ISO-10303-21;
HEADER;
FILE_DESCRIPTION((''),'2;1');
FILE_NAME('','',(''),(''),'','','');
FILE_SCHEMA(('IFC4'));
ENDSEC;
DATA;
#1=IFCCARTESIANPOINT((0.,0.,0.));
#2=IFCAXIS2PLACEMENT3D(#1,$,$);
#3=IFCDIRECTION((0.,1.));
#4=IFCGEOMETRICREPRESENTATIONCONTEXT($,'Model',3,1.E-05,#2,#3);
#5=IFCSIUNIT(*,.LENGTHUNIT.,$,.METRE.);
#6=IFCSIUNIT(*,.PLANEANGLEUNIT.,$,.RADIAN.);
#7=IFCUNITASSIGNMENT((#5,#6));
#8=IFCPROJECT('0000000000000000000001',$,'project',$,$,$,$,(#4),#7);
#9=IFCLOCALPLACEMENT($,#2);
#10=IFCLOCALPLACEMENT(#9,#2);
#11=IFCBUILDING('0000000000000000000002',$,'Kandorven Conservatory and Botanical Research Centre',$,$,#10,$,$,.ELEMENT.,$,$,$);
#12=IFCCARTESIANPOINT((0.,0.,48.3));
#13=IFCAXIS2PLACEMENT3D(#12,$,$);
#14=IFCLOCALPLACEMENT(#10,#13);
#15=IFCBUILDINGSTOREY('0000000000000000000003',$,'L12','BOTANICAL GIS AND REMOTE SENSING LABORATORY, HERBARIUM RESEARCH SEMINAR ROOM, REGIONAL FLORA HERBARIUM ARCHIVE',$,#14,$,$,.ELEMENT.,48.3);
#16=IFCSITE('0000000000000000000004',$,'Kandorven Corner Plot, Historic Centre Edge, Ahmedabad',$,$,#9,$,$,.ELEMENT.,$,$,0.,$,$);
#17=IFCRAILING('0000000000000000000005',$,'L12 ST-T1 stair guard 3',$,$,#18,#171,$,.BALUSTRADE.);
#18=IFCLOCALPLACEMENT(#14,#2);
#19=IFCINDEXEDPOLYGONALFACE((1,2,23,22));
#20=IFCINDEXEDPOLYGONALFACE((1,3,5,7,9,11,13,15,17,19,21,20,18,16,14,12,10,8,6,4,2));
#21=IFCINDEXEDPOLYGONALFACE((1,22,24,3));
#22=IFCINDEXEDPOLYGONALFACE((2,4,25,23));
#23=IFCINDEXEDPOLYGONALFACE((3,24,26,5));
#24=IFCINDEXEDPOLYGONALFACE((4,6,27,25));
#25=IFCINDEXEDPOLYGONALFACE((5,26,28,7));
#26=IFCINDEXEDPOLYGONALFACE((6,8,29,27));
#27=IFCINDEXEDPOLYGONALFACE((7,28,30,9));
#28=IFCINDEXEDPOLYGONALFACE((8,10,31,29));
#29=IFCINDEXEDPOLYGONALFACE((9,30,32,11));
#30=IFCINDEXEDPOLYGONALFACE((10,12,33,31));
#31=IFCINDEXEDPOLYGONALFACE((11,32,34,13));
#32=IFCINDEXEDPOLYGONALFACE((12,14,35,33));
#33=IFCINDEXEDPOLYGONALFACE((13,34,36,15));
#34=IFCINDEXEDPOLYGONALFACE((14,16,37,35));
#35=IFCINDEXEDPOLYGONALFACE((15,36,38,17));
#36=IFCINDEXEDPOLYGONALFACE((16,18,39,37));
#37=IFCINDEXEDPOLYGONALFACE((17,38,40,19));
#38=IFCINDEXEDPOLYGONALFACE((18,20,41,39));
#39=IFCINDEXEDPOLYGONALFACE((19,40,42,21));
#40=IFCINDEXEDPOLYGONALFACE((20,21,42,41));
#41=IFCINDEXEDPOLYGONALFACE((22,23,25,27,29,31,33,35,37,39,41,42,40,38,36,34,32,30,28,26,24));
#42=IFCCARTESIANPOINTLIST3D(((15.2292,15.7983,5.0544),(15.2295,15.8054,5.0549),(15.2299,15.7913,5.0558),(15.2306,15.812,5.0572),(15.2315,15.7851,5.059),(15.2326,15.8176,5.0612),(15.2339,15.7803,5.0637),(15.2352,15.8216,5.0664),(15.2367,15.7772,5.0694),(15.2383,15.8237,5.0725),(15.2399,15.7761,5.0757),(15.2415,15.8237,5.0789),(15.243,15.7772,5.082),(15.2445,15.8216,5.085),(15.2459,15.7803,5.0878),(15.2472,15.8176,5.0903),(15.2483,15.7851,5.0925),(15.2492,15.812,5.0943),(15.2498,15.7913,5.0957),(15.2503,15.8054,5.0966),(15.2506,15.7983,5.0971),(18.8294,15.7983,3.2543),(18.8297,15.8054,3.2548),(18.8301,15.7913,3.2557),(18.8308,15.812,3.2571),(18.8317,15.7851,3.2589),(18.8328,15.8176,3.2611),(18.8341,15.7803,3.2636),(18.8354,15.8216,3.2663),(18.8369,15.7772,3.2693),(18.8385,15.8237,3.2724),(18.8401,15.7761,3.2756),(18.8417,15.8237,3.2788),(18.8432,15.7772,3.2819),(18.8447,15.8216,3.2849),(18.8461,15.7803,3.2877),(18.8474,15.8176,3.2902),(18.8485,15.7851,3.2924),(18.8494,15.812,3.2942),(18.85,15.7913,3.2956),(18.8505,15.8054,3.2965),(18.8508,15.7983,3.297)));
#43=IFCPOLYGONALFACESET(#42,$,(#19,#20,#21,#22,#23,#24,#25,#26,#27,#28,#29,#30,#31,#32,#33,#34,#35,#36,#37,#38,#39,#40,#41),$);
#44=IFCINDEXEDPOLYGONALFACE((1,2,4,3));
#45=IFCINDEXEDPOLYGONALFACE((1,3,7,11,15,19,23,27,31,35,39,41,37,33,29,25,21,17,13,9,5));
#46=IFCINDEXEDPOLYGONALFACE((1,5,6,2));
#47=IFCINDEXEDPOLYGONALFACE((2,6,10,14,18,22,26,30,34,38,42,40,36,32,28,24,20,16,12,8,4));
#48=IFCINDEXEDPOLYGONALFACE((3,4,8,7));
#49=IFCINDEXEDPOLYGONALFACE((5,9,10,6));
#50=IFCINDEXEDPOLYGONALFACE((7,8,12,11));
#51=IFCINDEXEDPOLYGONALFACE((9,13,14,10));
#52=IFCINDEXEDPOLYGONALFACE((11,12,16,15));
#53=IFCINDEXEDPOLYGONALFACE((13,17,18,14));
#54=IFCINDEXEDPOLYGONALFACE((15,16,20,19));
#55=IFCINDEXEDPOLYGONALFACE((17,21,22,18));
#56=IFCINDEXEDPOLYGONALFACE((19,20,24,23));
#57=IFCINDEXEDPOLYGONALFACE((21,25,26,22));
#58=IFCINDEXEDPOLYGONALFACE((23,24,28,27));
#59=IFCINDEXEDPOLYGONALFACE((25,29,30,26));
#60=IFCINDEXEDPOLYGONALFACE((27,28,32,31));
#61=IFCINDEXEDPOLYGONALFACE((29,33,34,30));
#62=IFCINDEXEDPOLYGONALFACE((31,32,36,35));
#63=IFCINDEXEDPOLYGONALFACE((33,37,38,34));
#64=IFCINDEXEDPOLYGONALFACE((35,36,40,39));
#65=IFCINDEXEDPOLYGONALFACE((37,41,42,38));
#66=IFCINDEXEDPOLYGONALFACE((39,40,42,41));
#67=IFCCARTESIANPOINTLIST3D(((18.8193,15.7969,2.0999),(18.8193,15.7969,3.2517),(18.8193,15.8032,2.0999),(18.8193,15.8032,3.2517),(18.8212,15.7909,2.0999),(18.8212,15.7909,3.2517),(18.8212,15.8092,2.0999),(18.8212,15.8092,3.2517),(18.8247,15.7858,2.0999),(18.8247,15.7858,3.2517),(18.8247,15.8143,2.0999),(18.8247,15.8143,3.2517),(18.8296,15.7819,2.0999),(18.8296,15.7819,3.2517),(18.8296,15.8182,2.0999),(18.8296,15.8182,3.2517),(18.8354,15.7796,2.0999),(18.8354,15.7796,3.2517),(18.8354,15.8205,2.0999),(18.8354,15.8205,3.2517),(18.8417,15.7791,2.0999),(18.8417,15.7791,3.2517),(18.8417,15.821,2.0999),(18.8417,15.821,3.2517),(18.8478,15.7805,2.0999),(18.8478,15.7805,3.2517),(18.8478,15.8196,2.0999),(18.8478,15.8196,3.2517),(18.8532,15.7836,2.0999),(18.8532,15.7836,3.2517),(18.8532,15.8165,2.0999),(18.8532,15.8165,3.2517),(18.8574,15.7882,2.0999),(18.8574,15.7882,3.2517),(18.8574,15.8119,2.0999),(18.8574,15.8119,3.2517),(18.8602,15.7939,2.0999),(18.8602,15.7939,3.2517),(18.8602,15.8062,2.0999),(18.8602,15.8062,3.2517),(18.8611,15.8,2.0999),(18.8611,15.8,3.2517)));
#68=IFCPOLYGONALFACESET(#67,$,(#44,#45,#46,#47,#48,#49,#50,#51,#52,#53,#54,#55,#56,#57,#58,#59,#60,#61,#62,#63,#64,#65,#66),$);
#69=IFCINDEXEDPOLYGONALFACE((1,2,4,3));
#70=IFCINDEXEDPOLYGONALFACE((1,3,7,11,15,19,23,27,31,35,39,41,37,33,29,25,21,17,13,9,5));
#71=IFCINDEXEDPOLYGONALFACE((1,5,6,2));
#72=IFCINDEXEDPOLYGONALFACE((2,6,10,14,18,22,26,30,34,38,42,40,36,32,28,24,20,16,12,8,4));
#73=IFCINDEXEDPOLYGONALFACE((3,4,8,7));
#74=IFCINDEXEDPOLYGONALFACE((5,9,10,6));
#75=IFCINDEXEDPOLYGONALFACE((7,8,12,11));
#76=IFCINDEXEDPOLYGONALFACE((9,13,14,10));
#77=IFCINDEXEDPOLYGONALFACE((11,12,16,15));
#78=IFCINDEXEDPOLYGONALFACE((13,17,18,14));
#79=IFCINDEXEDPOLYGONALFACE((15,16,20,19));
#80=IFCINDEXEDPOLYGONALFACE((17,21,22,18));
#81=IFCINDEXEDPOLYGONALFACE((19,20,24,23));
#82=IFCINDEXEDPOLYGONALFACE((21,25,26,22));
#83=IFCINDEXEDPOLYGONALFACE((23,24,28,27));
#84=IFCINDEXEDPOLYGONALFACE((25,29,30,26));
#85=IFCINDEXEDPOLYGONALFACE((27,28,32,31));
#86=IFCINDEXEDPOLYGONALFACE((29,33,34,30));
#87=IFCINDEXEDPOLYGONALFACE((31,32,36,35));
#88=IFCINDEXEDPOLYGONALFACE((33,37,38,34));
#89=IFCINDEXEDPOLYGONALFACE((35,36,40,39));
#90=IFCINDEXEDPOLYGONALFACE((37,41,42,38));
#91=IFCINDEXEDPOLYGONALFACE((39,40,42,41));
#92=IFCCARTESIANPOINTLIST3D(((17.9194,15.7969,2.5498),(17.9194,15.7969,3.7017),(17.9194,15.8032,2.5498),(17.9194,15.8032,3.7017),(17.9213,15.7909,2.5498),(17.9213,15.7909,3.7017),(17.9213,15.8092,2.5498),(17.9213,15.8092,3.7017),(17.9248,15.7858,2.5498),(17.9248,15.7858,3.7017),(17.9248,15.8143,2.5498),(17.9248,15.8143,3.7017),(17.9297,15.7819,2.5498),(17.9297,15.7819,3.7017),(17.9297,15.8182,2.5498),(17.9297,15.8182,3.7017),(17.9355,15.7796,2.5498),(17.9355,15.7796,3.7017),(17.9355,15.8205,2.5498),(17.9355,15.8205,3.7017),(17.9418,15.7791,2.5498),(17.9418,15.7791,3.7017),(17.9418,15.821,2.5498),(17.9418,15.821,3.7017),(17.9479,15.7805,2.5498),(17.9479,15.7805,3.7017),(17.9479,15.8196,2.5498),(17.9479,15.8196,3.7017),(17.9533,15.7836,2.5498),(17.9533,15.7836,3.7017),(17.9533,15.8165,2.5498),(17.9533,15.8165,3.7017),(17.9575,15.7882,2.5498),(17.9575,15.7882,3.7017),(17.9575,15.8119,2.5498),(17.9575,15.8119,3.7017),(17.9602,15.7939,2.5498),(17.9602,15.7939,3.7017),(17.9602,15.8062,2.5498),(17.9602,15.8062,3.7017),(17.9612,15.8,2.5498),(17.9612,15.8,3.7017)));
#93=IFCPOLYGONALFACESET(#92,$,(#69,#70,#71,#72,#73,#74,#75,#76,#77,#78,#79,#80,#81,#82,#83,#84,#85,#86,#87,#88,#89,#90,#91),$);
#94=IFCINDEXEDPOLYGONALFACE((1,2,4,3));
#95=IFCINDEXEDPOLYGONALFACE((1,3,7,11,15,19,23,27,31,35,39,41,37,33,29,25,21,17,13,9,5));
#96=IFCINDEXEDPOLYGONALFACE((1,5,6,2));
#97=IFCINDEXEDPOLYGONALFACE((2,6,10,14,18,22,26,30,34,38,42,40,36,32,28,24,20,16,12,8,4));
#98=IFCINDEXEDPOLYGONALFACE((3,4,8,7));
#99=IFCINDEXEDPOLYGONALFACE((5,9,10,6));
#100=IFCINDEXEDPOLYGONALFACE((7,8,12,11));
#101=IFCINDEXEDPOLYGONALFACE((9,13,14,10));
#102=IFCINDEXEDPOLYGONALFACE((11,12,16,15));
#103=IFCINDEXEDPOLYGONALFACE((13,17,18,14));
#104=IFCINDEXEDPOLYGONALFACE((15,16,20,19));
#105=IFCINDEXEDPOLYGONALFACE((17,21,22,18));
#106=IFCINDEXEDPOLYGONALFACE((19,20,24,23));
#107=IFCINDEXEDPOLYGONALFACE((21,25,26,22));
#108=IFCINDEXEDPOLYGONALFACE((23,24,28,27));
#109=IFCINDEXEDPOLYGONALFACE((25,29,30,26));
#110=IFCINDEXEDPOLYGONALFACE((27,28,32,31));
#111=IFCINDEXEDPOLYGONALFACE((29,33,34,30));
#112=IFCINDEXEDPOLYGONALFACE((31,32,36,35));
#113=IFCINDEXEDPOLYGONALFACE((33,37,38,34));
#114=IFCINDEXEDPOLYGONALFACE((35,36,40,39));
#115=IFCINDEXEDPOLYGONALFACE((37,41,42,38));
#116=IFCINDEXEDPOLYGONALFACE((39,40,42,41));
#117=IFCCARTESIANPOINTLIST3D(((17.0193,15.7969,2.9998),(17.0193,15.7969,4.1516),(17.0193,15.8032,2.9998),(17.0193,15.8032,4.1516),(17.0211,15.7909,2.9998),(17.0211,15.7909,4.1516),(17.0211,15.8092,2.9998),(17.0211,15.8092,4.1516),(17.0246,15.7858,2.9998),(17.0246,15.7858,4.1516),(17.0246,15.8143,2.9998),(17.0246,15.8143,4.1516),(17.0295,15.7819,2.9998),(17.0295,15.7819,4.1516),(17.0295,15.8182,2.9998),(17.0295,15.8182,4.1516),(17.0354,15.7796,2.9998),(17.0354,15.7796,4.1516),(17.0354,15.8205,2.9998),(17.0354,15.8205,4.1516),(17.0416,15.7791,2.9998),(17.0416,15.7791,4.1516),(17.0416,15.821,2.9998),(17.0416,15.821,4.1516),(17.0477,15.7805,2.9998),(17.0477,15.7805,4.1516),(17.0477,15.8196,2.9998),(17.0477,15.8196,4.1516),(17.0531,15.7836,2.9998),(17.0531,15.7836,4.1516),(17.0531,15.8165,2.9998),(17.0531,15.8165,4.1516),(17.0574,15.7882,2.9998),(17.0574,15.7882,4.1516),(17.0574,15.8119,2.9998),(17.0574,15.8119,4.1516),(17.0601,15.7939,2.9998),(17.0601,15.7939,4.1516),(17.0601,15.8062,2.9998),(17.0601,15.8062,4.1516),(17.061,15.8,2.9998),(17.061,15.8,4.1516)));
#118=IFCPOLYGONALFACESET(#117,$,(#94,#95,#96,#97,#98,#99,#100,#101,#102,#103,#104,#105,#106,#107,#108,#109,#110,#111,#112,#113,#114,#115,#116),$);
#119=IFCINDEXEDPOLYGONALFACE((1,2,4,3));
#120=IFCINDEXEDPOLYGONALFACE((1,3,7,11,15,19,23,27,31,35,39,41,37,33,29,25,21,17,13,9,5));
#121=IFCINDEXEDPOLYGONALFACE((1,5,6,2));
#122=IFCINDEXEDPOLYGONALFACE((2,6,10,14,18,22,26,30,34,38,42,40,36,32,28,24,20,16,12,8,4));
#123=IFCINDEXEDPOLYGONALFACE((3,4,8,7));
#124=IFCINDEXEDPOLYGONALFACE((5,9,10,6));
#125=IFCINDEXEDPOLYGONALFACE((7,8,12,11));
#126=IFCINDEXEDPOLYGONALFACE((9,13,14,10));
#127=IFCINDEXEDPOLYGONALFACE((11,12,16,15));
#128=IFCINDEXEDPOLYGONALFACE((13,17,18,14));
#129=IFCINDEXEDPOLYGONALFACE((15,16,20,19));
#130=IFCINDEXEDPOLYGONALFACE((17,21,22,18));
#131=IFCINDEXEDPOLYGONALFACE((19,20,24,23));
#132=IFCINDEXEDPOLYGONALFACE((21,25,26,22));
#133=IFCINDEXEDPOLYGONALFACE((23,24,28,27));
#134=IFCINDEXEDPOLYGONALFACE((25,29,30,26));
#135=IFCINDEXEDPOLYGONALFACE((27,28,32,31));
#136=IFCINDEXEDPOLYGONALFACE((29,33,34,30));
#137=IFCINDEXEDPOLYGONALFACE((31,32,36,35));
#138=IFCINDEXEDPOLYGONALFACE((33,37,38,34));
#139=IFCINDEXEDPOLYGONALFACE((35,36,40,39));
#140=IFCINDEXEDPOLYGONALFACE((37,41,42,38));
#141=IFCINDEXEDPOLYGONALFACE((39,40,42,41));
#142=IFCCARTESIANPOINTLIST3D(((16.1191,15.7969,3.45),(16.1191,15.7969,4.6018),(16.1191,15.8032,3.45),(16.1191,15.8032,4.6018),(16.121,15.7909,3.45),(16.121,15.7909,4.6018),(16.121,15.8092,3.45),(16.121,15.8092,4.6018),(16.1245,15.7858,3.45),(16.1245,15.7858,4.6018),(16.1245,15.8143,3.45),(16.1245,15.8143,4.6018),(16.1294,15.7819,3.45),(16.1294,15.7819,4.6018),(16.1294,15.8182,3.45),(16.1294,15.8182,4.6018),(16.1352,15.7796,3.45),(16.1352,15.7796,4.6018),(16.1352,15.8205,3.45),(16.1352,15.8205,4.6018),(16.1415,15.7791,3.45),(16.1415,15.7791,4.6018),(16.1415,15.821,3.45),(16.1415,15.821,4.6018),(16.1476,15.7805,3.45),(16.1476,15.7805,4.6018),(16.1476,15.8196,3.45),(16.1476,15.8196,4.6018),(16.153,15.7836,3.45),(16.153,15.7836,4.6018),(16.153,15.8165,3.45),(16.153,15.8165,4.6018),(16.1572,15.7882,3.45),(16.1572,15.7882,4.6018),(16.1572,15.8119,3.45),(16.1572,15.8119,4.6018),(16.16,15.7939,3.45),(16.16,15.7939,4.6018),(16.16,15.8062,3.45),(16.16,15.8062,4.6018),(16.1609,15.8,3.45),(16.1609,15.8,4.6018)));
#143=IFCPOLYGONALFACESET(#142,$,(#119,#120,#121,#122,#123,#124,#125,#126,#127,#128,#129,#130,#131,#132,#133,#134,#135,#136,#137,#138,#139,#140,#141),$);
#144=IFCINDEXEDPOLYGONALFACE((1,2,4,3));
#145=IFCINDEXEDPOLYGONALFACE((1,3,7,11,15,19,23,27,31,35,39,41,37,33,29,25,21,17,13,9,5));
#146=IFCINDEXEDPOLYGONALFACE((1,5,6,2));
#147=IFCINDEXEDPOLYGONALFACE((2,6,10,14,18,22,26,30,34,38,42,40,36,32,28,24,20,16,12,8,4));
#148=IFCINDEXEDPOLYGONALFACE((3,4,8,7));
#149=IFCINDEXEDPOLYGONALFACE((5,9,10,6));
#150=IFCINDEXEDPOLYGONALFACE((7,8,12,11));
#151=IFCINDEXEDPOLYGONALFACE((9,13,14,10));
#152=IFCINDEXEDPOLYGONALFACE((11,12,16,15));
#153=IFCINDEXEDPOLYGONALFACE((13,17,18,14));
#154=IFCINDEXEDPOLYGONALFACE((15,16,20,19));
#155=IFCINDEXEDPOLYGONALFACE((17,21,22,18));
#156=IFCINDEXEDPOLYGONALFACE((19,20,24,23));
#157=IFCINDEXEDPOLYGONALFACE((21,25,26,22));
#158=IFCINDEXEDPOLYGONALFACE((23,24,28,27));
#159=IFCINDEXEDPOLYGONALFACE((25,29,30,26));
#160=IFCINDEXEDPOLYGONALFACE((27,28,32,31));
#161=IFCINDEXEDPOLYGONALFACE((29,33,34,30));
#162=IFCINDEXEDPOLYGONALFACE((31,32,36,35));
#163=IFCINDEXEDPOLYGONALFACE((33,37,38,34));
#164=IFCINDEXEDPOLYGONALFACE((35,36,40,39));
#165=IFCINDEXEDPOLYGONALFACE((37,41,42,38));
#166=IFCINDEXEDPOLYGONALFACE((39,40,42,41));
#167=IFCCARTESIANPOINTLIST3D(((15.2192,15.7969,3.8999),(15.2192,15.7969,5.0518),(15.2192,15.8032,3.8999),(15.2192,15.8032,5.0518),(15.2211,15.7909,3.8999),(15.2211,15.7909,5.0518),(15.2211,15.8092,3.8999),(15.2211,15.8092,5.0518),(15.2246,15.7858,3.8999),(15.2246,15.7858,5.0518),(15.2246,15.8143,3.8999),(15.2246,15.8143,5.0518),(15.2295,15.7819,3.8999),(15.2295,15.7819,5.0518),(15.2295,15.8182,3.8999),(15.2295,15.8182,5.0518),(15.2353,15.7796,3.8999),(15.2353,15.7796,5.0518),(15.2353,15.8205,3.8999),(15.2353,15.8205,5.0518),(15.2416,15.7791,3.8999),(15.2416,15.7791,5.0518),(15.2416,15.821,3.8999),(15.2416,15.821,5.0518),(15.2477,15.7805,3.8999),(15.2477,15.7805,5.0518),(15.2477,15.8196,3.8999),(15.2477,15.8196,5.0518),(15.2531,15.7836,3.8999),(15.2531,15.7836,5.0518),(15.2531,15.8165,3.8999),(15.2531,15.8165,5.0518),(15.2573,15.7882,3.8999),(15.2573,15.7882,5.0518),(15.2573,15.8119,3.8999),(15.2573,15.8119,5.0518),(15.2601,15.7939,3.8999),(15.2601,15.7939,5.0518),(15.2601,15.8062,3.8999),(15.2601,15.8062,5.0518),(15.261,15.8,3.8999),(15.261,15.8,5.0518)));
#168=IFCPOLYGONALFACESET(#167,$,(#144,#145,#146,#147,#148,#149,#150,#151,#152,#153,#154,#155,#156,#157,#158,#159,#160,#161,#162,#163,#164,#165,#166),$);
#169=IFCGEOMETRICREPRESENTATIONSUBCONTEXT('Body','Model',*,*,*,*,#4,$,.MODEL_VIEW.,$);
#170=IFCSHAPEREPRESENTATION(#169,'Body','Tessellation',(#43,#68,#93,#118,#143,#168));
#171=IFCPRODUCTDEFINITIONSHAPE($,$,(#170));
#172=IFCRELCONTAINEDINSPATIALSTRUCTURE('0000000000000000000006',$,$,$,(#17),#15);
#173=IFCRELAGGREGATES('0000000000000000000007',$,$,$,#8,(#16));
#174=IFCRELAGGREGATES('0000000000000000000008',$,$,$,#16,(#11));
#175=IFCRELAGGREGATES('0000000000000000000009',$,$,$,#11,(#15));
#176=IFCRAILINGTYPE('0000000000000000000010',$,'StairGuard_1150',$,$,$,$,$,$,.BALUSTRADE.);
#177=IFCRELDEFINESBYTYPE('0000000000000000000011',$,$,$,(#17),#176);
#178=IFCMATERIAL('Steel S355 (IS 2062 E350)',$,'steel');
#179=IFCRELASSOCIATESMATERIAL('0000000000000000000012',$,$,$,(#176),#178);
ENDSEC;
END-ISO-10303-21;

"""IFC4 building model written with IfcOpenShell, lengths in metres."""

from ifc_helpers import new_model, si_unit, direction, frame, origin, origin_2d, place, context, subcontext, project, spatial, circle, extrude, material, type_object, element, save


model = new_model("IFC4")

# Units and contexts
model_context = context("Model", 3, precision=1e-05, world=origin(), true_north=direction((0.0, 1.0)))
body_context = subcontext(model_context, "Body", "Model", "MODEL_VIEW")
ifc_project = project(units=[si_unit("LENGTHUNIT", "METRE"), si_unit("PLANEANGLEUNIT", "RADIAN")], contexts=[model_context])

# Site, building, storey
site_placement = place(None, origin())
site = spatial("IfcSite", under=ifc_project, at=site_placement, Name="Kandorven Corner Plot, Historic Centre Edge, Ahmedabad", CompositionType="ELEMENT", RefElevation=0.0)
building_placement = place(site_placement, origin())
building = spatial("IfcBuilding", under=site, at=building_placement, Name="Kandorven Conservatory and Botanical Research Centre", CompositionType="ELEMENT")
storey_placement = place(building_placement, frame((0.0, 0.0, 48.3)))
storey = spatial("IfcBuildingStorey", under=building, at=storey_placement, Name="L12", Description="BOTANICAL GIS AND REMOTE SENSING LABORATORY, HERBARIUM RESEARCH SEMINAR ROOM, REGIONAL FLORA HERBARIUM ARCHIVE", CompositionType="ELEMENT", Elevation=48.3)

# Railing
ifc_material_1 = material(Name="Steel S355 (IS 2062 E350)", Category="steel")
railing_type_1 = type_object("IfcRailingType", Name="StairGuard_1150", PredefinedType="BALUSTRADE", material=ifc_material_1)
railing_1_placement = place(storey_placement, frame((18.8401, 15.8, 2.0999)))
element("IfcRailing", 1, at=railing_1_placement, inside=storey, type_object=railing_type_1, Name="L12 ST-T1 stair guard 3", PredefinedType="BALUSTRADE", context=body_context, shape_type="SweptSolid", body=[
    extrude(circle(Radius=0.0239, at=origin_2d()), frame((0.0, 0.0, 1.1758), z_axis=(-0.894427, 0.0, 0.447214), x_axis=(0.0, -1.0, 0.0)), (0.0, 0.0, 1.0), 4.0251),
    extrude(circle(Radius=0.021, at=origin_2d()), origin(), (0.0, 0.0, 1.0), 1.1519),
    extrude(circle(Radius=0.021, at=origin_2d()), frame((-0.8999, 0.0, 0.45)), (0.0, 0.0, 1.0), 1.1519),
    extrude(circle(Radius=0.021, at=origin_2d()), frame((-1.8, 0.0, 0.8999)), (0.0, 0.0, 1.0), 1.1519),
    extrude(circle(Radius=0.021, at=origin_2d()), frame((-2.7002, 0.0, 1.3501)), (0.0, 0.0, 1.0), 1.1519),
    extrude(circle(Radius=0.021, at=origin_2d()), frame((-3.6001, 0.0, 1.8)), (0.0, 0.0, 1.0), 1.1519),
])

save(model, "model.ifc")
